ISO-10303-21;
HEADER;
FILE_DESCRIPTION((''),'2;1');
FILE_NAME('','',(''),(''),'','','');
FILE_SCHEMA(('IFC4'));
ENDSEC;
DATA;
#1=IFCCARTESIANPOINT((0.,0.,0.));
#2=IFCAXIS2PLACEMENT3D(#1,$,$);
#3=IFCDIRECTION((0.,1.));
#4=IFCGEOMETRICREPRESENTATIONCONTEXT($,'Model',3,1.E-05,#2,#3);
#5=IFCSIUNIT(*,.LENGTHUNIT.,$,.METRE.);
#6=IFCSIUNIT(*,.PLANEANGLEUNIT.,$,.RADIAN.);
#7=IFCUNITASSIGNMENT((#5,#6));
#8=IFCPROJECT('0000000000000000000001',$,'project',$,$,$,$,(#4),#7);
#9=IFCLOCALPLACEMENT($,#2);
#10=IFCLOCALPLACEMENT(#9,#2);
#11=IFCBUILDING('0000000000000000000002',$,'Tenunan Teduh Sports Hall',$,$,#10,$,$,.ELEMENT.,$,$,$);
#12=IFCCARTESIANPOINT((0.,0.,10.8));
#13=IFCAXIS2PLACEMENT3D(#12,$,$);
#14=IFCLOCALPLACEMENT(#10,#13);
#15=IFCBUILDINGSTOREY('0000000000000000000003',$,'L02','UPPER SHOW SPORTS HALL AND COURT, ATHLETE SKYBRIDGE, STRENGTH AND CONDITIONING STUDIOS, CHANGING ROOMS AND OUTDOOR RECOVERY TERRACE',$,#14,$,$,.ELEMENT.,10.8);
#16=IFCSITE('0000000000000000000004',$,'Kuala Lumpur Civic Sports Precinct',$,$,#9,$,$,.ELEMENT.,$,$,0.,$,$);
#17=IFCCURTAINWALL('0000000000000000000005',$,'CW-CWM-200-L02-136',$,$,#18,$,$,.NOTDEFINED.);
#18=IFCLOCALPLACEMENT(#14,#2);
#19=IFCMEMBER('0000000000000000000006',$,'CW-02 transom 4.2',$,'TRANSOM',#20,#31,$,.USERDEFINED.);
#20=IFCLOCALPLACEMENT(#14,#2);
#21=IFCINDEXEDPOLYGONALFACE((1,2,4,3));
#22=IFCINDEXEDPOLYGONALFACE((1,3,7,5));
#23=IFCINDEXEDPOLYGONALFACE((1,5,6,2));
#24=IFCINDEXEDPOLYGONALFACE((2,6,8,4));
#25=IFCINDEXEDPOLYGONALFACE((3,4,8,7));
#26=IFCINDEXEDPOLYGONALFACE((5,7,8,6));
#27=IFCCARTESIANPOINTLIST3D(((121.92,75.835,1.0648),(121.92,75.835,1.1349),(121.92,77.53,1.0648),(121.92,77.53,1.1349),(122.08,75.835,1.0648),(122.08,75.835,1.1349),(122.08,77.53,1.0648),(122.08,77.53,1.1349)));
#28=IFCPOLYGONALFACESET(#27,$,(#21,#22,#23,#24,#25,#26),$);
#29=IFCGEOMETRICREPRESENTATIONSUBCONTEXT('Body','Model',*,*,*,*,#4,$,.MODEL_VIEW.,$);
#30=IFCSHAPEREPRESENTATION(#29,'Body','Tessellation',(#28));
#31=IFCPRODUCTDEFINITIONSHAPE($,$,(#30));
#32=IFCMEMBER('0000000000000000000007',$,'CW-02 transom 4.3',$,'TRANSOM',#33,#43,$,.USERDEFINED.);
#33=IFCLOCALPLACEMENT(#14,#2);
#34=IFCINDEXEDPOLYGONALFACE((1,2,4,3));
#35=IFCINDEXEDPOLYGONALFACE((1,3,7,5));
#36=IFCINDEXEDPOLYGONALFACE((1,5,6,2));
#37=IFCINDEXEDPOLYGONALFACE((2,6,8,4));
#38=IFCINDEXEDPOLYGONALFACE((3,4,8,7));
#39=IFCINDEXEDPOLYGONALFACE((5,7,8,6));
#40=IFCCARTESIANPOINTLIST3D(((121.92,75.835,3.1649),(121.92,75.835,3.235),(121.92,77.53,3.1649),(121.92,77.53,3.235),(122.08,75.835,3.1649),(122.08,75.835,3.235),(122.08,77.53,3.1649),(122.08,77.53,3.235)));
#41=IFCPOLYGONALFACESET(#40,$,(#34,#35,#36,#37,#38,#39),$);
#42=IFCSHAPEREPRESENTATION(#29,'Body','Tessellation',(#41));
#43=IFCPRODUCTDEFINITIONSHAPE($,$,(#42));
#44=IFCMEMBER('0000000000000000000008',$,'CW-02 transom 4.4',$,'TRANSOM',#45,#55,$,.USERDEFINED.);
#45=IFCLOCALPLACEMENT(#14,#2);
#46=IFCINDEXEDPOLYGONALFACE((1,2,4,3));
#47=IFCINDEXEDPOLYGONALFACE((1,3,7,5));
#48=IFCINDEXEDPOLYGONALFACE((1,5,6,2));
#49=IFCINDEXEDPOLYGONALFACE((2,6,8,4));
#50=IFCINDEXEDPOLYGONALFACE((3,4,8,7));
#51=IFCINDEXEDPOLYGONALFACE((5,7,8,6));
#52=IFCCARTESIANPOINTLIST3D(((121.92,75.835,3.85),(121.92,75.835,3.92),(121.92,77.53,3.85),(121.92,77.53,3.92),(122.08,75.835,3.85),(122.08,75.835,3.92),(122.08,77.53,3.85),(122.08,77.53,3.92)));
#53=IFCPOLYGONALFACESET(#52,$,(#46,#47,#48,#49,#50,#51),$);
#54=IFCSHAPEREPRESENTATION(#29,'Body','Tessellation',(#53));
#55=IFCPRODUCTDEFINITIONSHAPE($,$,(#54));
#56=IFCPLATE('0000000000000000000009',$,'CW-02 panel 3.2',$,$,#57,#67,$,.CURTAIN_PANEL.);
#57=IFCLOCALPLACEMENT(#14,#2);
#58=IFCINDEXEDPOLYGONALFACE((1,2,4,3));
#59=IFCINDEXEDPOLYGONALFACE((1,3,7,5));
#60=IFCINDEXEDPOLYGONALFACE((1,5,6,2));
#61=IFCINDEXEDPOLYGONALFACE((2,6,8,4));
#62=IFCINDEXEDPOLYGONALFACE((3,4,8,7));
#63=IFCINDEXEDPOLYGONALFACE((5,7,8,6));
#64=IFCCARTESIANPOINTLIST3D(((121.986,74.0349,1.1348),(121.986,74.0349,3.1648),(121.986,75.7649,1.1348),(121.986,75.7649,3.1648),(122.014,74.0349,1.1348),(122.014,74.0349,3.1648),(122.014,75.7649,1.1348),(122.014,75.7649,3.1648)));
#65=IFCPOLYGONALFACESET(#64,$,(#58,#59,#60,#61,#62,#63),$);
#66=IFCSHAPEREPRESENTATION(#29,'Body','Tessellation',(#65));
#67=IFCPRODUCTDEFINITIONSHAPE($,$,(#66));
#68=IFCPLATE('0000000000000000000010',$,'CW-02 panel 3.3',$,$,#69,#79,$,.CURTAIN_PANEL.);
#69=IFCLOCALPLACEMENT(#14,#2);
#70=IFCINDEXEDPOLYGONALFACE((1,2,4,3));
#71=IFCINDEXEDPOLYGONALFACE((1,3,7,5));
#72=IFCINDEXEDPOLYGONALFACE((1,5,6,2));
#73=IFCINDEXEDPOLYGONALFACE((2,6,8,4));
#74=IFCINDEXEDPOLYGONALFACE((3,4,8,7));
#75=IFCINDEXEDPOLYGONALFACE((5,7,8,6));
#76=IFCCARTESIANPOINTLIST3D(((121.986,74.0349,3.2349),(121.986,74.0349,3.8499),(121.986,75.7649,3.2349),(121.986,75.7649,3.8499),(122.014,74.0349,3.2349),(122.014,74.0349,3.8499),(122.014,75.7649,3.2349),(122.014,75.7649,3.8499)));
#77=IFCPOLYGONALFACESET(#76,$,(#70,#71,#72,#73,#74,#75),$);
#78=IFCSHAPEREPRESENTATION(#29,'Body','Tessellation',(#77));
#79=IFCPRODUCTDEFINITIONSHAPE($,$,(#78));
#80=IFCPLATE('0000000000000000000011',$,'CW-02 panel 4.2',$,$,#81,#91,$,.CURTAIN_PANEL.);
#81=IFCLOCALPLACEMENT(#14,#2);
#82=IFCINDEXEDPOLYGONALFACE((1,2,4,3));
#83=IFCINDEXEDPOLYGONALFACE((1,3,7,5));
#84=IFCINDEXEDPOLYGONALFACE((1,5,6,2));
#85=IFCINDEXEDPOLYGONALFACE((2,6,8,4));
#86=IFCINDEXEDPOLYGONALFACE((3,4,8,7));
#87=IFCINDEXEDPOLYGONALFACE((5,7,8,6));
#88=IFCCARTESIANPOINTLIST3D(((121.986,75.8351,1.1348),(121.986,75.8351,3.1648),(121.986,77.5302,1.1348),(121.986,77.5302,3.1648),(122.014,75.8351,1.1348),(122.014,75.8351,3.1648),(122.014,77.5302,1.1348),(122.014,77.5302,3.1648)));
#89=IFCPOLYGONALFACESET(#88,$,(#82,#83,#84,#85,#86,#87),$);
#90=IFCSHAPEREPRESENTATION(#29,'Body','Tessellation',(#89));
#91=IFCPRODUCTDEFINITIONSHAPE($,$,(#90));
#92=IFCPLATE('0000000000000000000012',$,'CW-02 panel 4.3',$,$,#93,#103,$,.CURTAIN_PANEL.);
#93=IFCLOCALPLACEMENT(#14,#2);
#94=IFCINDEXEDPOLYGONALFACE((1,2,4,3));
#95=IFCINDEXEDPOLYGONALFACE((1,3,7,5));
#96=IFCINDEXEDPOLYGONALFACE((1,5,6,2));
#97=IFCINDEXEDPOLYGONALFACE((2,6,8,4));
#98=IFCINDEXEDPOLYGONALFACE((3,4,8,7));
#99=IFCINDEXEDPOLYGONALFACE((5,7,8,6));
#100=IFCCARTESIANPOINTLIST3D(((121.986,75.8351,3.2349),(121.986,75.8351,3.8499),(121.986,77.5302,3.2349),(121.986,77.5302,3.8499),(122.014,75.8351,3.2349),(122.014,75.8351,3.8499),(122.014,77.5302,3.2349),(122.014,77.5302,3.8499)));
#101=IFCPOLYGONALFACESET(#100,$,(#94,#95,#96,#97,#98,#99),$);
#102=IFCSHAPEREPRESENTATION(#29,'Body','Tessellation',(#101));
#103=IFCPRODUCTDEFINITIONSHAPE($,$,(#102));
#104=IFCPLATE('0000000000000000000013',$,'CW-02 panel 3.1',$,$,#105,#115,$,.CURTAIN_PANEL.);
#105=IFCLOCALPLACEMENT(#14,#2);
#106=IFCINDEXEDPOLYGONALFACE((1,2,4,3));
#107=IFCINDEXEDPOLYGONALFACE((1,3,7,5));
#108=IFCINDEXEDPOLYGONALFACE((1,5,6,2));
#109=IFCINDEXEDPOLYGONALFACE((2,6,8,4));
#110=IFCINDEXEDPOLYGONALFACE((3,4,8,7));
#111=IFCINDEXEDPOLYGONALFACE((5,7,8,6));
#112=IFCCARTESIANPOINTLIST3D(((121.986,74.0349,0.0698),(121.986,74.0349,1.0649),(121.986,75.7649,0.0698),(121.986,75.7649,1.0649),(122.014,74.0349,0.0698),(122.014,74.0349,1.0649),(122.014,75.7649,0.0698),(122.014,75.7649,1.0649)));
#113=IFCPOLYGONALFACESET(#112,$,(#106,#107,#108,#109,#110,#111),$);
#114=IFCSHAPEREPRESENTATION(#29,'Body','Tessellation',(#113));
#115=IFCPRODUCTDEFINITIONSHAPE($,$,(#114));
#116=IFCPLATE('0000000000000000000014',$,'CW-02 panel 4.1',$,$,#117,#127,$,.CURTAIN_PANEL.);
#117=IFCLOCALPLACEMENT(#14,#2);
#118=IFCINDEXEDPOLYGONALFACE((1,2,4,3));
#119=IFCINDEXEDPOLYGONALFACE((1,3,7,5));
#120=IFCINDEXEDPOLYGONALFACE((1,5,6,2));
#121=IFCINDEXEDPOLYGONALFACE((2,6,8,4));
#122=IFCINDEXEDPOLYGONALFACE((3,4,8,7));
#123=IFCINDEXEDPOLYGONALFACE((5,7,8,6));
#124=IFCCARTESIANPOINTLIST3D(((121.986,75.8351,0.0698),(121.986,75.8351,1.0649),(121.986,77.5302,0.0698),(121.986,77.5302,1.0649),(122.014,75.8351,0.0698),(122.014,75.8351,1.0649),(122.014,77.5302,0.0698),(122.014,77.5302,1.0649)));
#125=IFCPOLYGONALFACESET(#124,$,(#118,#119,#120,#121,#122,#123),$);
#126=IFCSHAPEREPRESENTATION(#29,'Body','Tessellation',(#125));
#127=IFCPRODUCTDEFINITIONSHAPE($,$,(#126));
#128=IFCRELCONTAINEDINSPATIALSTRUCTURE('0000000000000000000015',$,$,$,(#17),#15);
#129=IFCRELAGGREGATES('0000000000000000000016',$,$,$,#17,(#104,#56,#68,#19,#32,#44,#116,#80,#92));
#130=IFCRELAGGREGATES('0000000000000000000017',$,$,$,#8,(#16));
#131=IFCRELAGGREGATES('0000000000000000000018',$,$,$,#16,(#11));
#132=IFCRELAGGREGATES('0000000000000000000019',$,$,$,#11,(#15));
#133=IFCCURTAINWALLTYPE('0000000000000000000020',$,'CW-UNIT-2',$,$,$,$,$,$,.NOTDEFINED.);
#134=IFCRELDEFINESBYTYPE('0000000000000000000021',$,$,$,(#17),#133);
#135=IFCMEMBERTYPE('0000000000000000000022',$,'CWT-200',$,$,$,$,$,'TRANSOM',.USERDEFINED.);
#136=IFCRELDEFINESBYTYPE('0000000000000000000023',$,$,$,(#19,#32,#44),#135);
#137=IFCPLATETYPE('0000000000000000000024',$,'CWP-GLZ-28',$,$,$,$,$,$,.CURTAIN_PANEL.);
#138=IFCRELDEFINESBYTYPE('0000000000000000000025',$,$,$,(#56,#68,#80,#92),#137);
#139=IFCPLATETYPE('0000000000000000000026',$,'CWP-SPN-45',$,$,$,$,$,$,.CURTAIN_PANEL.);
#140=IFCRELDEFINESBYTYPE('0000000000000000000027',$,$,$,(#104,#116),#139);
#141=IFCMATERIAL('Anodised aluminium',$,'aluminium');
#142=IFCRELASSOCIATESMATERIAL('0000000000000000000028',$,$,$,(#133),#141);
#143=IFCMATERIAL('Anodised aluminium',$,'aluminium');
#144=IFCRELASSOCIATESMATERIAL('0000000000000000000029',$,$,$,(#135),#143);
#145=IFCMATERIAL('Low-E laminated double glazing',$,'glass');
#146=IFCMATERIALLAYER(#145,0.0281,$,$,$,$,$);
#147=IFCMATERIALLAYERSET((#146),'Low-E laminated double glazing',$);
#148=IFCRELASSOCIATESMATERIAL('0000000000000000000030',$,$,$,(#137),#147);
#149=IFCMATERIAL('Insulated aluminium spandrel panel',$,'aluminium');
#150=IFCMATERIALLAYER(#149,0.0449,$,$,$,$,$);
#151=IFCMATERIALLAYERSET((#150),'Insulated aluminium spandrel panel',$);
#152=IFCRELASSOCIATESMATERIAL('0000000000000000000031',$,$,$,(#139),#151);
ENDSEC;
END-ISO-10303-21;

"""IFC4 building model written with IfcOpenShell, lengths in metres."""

from ifc_helpers import new_model, si_unit, direction, frame, origin, origin_2d, place, context, subcontext, project, spatial, rectangle, extrude, material, layer, layer_set, material_profile, profile_set, type_object, element, aggregate, save


model = new_model("IFC4")

# Units and contexts
model_context = context("Model", 3, precision=1e-05, world=origin(), true_north=direction((0.0, 1.0)))
body_context = subcontext(model_context, "Body", "Model", "MODEL_VIEW")
ifc_project = project(units=[si_unit("LENGTHUNIT", "METRE"), si_unit("PLANEANGLEUNIT", "RADIAN")], contexts=[model_context])

# Site, building, storey
site_placement = place(None, origin())
site = spatial("IfcSite", under=ifc_project, at=site_placement, Name="Kuala Lumpur Civic Sports Precinct", CompositionType="ELEMENT", RefElevation=0.0)
building_placement = place(site_placement, origin())
building = spatial("IfcBuilding", under=site, at=building_placement, Name="Tenunan Teduh Sports Hall", CompositionType="ELEMENT")
storey_placement = place(building_placement, frame((0.0, 0.0, 10.8)))
storey = spatial("IfcBuildingStorey", under=building, at=storey_placement, Name="L02", Description="UPPER SHOW SPORTS HALL AND COURT, ATHLETE SKYBRIDGE, STRENGTH AND CONDITIONING STUDIOS, CHANGING ROOMS AND OUTDOOR RECOVERY TERRACE", CompositionType="ELEMENT", Elevation=10.8)

# Shared definitions
ifc_material_1 = material(Name="Anodised aluminium", Category="aluminium")
curtain_wall_type = type_object("IfcCurtainWallType", Name="CW-UNIT-2", PredefinedType="NOTDEFINED", material=ifc_material_1)

# Curtain wall
curtain_wall_1_placement = place(storey_placement, origin())
curtain_wall_1 = element("IfcCurtainWall", 1, at=curtain_wall_1_placement, inside=storey, type_object=curtain_wall_type, Name="CW-CWM-200-L02-136", PredefinedType="NOTDEFINED")

# Members
ifc_material_2 = material(Name="Anodised aluminium", Category="aluminium")
ifc_material_profile_1 = material_profile(ifc_material_2, rectangle(XDim=0.0701, YDim=0.1599, at=origin_2d()), Name="CWT 70x160")
ifc_profile_set_1 = profile_set([ifc_material_profile_1], Name="Anodised aluminium")
member_type_1 = type_object("IfcMemberType", Name="CWT-200", ElementType="TRANSOM", PredefinedType="USERDEFINED", material=ifc_profile_set_1)
member_1_placement = place(storey_placement, frame((122.0, 75.835, 1.0999), z_axis=(0.0, 1.0, 0.0), x_axis=(0.0, 0.0, 1.0)))
member_1 = element("IfcMember", 2, at=member_1_placement, type_object=member_type_1, Name="CW-02 transom 4.2", ObjectType="TRANSOM", PredefinedType="USERDEFINED", context=body_context, shape_type="SweptSolid", body=[
    extrude(rectangle(XDim=0.0701, YDim=0.1599, at=origin_2d()), origin(), (0.0, 0.0, 1.0), 1.6951),
])
member_2_placement = place(storey_placement, frame((122.0, 75.835, 3.2), z_axis=(0.0, 1.0, 0.0), x_axis=(0.0, 0.0, 1.0)))
member_2 = element("IfcMember", 3, at=member_2_placement, type_object=member_type_1, Name="CW-02 transom 4.3", ObjectType="TRANSOM", PredefinedType="USERDEFINED", context=body_context, shape_type="SweptSolid", body=[
    extrude(rectangle(XDim=0.0701, YDim=0.1599, at=origin_2d()), origin(), (0.0, 0.0, 1.0), 1.6951),
])
member_3_placement = place(storey_placement, frame((122.0, 75.835, 3.885), z_axis=(0.0, 1.0, 0.0), x_axis=(0.0, 0.0, 1.0)))
member_3 = element("IfcMember", 4, at=member_3_placement, type_object=member_type_1, Name="CW-02 transom 4.4", ObjectType="TRANSOM", PredefinedType="USERDEFINED", context=body_context, shape_type="SweptSolid", body=[
    extrude(rectangle(XDim=0.0701, YDim=0.1599, at=origin_2d()), origin(), (0.0, 0.0, 1.0), 1.6951),
])

# Plates
ifc_material_3 = material(Name="Low-E laminated double glazing", Category="glass")
ifc_layer_1 = layer(ifc_material_3, 0.0281)
ifc_layer_set_1 = layer_set([ifc_layer_1], Name="Low-E laminated double glazing")
plate_type_1 = type_object("IfcPlateType", Name="CWP-GLZ-28", PredefinedType="CURTAIN_PANEL", material=ifc_layer_set_1)
plate_1_placement = place(storey_placement, frame((122.0, 74.8999, 1.1348), z_axis=(0.0, 0.0, 1.0), x_axis=(0.0, 1.0, 0.0)))
plate_1 = element("IfcPlate", 5, at=plate_1_placement, type_object=plate_type_1, Name="CW-02 panel 3.2", PredefinedType="CURTAIN_PANEL", context=body_context, shape_type="SweptSolid", body=[
    extrude(rectangle(XDim=1.73, YDim=0.0281, at=origin_2d()), origin(), (0.0, 0.0, 1.0), 2.03),
])
plate_2_placement = place(storey_placement, frame((122.0, 74.8999, 3.2349), z_axis=(0.0, 0.0, 1.0), x_axis=(0.0, 1.0, 0.0)))
plate_2 = element("IfcPlate", 6, at=plate_2_placement, type_object=plate_type_1, Name="CW-02 panel 3.3", PredefinedType="CURTAIN_PANEL", context=body_context, shape_type="SweptSolid", body=[
    extrude(rectangle(XDim=1.73, YDim=0.0281, at=origin_2d()), origin(), (0.0, 0.0, 1.0), 0.615),
])
plate_3_placement = place(storey_placement, frame((122.0, 76.6826, 1.1348), z_axis=(0.0, 0.0, 1.0), x_axis=(0.0, 1.0, 0.0)))
plate_3 = element("IfcPlate", 7, at=plate_3_placement, type_object=plate_type_1, Name="CW-02 panel 4.2", PredefinedType="CURTAIN_PANEL", context=body_context, shape_type="SweptSolid", body=[
    extrude(rectangle(XDim=1.6951, YDim=0.0281, at=origin_2d()), origin(), (0.0, 0.0, 1.0), 2.03),
])
plate_4_placement = place(storey_placement, frame((122.0, 76.6826, 3.2349), z_axis=(0.0, 0.0, 1.0), x_axis=(0.0, 1.0, 0.0)))
plate_4 = element("IfcPlate", 8, at=plate_4_placement, type_object=plate_type_1, Name="CW-02 panel 4.3", PredefinedType="CURTAIN_PANEL", context=body_context, shape_type="SweptSolid", body=[
    extrude(rectangle(XDim=1.6951, YDim=0.0281, at=origin_2d()), origin(), (0.0, 0.0, 1.0), 0.615),
])
ifc_material_4 = material(Name="Insulated aluminium spandrel panel", Category="aluminium")
ifc_layer_2 = layer(ifc_material_4, 0.0449)
ifc_layer_set_2 = layer_set([ifc_layer_2], Name="Insulated aluminium spandrel panel")
plate_type_2 = type_object("IfcPlateType", Name="CWP-SPN-45", PredefinedType="CURTAIN_PANEL", material=ifc_layer_set_2)
plate_5_placement = place(storey_placement, frame((122.0, 74.8999, 0.0698), z_axis=(0.0, 0.0, 1.0), x_axis=(0.0, 1.0, 0.0)))
plate_5 = element("IfcPlate", 9, at=plate_5_placement, type_object=plate_type_2, Name="CW-02 panel 3.1", PredefinedType="CURTAIN_PANEL", context=body_context, shape_type="SweptSolid", body=[
    extrude(rectangle(XDim=1.73, YDim=0.0281, at=origin_2d()), origin(), (0.0, 0.0, 1.0), 0.9951),
])
plate_6_placement = place(storey_placement, frame((122.0, 76.6826, 0.0698), z_axis=(0.0, 0.0, 1.0), x_axis=(0.0, 1.0, 0.0)))
plate_6 = element("IfcPlate", 10, at=plate_6_placement, type_object=plate_type_2, Name="CW-02 panel 4.1", PredefinedType="CURTAIN_PANEL", context=body_context, shape_type="SweptSolid", body=[
    extrude(rectangle(XDim=1.6951, YDim=0.0281, at=origin_2d()), origin(), (0.0, 0.0, 1.0), 0.9951),
])
aggregate(curtain_wall_1, [plate_5, plate_1, plate_2, member_1, member_2, member_3, plate_6, plate_3, plate_4])

save(model, "model.ifc")
